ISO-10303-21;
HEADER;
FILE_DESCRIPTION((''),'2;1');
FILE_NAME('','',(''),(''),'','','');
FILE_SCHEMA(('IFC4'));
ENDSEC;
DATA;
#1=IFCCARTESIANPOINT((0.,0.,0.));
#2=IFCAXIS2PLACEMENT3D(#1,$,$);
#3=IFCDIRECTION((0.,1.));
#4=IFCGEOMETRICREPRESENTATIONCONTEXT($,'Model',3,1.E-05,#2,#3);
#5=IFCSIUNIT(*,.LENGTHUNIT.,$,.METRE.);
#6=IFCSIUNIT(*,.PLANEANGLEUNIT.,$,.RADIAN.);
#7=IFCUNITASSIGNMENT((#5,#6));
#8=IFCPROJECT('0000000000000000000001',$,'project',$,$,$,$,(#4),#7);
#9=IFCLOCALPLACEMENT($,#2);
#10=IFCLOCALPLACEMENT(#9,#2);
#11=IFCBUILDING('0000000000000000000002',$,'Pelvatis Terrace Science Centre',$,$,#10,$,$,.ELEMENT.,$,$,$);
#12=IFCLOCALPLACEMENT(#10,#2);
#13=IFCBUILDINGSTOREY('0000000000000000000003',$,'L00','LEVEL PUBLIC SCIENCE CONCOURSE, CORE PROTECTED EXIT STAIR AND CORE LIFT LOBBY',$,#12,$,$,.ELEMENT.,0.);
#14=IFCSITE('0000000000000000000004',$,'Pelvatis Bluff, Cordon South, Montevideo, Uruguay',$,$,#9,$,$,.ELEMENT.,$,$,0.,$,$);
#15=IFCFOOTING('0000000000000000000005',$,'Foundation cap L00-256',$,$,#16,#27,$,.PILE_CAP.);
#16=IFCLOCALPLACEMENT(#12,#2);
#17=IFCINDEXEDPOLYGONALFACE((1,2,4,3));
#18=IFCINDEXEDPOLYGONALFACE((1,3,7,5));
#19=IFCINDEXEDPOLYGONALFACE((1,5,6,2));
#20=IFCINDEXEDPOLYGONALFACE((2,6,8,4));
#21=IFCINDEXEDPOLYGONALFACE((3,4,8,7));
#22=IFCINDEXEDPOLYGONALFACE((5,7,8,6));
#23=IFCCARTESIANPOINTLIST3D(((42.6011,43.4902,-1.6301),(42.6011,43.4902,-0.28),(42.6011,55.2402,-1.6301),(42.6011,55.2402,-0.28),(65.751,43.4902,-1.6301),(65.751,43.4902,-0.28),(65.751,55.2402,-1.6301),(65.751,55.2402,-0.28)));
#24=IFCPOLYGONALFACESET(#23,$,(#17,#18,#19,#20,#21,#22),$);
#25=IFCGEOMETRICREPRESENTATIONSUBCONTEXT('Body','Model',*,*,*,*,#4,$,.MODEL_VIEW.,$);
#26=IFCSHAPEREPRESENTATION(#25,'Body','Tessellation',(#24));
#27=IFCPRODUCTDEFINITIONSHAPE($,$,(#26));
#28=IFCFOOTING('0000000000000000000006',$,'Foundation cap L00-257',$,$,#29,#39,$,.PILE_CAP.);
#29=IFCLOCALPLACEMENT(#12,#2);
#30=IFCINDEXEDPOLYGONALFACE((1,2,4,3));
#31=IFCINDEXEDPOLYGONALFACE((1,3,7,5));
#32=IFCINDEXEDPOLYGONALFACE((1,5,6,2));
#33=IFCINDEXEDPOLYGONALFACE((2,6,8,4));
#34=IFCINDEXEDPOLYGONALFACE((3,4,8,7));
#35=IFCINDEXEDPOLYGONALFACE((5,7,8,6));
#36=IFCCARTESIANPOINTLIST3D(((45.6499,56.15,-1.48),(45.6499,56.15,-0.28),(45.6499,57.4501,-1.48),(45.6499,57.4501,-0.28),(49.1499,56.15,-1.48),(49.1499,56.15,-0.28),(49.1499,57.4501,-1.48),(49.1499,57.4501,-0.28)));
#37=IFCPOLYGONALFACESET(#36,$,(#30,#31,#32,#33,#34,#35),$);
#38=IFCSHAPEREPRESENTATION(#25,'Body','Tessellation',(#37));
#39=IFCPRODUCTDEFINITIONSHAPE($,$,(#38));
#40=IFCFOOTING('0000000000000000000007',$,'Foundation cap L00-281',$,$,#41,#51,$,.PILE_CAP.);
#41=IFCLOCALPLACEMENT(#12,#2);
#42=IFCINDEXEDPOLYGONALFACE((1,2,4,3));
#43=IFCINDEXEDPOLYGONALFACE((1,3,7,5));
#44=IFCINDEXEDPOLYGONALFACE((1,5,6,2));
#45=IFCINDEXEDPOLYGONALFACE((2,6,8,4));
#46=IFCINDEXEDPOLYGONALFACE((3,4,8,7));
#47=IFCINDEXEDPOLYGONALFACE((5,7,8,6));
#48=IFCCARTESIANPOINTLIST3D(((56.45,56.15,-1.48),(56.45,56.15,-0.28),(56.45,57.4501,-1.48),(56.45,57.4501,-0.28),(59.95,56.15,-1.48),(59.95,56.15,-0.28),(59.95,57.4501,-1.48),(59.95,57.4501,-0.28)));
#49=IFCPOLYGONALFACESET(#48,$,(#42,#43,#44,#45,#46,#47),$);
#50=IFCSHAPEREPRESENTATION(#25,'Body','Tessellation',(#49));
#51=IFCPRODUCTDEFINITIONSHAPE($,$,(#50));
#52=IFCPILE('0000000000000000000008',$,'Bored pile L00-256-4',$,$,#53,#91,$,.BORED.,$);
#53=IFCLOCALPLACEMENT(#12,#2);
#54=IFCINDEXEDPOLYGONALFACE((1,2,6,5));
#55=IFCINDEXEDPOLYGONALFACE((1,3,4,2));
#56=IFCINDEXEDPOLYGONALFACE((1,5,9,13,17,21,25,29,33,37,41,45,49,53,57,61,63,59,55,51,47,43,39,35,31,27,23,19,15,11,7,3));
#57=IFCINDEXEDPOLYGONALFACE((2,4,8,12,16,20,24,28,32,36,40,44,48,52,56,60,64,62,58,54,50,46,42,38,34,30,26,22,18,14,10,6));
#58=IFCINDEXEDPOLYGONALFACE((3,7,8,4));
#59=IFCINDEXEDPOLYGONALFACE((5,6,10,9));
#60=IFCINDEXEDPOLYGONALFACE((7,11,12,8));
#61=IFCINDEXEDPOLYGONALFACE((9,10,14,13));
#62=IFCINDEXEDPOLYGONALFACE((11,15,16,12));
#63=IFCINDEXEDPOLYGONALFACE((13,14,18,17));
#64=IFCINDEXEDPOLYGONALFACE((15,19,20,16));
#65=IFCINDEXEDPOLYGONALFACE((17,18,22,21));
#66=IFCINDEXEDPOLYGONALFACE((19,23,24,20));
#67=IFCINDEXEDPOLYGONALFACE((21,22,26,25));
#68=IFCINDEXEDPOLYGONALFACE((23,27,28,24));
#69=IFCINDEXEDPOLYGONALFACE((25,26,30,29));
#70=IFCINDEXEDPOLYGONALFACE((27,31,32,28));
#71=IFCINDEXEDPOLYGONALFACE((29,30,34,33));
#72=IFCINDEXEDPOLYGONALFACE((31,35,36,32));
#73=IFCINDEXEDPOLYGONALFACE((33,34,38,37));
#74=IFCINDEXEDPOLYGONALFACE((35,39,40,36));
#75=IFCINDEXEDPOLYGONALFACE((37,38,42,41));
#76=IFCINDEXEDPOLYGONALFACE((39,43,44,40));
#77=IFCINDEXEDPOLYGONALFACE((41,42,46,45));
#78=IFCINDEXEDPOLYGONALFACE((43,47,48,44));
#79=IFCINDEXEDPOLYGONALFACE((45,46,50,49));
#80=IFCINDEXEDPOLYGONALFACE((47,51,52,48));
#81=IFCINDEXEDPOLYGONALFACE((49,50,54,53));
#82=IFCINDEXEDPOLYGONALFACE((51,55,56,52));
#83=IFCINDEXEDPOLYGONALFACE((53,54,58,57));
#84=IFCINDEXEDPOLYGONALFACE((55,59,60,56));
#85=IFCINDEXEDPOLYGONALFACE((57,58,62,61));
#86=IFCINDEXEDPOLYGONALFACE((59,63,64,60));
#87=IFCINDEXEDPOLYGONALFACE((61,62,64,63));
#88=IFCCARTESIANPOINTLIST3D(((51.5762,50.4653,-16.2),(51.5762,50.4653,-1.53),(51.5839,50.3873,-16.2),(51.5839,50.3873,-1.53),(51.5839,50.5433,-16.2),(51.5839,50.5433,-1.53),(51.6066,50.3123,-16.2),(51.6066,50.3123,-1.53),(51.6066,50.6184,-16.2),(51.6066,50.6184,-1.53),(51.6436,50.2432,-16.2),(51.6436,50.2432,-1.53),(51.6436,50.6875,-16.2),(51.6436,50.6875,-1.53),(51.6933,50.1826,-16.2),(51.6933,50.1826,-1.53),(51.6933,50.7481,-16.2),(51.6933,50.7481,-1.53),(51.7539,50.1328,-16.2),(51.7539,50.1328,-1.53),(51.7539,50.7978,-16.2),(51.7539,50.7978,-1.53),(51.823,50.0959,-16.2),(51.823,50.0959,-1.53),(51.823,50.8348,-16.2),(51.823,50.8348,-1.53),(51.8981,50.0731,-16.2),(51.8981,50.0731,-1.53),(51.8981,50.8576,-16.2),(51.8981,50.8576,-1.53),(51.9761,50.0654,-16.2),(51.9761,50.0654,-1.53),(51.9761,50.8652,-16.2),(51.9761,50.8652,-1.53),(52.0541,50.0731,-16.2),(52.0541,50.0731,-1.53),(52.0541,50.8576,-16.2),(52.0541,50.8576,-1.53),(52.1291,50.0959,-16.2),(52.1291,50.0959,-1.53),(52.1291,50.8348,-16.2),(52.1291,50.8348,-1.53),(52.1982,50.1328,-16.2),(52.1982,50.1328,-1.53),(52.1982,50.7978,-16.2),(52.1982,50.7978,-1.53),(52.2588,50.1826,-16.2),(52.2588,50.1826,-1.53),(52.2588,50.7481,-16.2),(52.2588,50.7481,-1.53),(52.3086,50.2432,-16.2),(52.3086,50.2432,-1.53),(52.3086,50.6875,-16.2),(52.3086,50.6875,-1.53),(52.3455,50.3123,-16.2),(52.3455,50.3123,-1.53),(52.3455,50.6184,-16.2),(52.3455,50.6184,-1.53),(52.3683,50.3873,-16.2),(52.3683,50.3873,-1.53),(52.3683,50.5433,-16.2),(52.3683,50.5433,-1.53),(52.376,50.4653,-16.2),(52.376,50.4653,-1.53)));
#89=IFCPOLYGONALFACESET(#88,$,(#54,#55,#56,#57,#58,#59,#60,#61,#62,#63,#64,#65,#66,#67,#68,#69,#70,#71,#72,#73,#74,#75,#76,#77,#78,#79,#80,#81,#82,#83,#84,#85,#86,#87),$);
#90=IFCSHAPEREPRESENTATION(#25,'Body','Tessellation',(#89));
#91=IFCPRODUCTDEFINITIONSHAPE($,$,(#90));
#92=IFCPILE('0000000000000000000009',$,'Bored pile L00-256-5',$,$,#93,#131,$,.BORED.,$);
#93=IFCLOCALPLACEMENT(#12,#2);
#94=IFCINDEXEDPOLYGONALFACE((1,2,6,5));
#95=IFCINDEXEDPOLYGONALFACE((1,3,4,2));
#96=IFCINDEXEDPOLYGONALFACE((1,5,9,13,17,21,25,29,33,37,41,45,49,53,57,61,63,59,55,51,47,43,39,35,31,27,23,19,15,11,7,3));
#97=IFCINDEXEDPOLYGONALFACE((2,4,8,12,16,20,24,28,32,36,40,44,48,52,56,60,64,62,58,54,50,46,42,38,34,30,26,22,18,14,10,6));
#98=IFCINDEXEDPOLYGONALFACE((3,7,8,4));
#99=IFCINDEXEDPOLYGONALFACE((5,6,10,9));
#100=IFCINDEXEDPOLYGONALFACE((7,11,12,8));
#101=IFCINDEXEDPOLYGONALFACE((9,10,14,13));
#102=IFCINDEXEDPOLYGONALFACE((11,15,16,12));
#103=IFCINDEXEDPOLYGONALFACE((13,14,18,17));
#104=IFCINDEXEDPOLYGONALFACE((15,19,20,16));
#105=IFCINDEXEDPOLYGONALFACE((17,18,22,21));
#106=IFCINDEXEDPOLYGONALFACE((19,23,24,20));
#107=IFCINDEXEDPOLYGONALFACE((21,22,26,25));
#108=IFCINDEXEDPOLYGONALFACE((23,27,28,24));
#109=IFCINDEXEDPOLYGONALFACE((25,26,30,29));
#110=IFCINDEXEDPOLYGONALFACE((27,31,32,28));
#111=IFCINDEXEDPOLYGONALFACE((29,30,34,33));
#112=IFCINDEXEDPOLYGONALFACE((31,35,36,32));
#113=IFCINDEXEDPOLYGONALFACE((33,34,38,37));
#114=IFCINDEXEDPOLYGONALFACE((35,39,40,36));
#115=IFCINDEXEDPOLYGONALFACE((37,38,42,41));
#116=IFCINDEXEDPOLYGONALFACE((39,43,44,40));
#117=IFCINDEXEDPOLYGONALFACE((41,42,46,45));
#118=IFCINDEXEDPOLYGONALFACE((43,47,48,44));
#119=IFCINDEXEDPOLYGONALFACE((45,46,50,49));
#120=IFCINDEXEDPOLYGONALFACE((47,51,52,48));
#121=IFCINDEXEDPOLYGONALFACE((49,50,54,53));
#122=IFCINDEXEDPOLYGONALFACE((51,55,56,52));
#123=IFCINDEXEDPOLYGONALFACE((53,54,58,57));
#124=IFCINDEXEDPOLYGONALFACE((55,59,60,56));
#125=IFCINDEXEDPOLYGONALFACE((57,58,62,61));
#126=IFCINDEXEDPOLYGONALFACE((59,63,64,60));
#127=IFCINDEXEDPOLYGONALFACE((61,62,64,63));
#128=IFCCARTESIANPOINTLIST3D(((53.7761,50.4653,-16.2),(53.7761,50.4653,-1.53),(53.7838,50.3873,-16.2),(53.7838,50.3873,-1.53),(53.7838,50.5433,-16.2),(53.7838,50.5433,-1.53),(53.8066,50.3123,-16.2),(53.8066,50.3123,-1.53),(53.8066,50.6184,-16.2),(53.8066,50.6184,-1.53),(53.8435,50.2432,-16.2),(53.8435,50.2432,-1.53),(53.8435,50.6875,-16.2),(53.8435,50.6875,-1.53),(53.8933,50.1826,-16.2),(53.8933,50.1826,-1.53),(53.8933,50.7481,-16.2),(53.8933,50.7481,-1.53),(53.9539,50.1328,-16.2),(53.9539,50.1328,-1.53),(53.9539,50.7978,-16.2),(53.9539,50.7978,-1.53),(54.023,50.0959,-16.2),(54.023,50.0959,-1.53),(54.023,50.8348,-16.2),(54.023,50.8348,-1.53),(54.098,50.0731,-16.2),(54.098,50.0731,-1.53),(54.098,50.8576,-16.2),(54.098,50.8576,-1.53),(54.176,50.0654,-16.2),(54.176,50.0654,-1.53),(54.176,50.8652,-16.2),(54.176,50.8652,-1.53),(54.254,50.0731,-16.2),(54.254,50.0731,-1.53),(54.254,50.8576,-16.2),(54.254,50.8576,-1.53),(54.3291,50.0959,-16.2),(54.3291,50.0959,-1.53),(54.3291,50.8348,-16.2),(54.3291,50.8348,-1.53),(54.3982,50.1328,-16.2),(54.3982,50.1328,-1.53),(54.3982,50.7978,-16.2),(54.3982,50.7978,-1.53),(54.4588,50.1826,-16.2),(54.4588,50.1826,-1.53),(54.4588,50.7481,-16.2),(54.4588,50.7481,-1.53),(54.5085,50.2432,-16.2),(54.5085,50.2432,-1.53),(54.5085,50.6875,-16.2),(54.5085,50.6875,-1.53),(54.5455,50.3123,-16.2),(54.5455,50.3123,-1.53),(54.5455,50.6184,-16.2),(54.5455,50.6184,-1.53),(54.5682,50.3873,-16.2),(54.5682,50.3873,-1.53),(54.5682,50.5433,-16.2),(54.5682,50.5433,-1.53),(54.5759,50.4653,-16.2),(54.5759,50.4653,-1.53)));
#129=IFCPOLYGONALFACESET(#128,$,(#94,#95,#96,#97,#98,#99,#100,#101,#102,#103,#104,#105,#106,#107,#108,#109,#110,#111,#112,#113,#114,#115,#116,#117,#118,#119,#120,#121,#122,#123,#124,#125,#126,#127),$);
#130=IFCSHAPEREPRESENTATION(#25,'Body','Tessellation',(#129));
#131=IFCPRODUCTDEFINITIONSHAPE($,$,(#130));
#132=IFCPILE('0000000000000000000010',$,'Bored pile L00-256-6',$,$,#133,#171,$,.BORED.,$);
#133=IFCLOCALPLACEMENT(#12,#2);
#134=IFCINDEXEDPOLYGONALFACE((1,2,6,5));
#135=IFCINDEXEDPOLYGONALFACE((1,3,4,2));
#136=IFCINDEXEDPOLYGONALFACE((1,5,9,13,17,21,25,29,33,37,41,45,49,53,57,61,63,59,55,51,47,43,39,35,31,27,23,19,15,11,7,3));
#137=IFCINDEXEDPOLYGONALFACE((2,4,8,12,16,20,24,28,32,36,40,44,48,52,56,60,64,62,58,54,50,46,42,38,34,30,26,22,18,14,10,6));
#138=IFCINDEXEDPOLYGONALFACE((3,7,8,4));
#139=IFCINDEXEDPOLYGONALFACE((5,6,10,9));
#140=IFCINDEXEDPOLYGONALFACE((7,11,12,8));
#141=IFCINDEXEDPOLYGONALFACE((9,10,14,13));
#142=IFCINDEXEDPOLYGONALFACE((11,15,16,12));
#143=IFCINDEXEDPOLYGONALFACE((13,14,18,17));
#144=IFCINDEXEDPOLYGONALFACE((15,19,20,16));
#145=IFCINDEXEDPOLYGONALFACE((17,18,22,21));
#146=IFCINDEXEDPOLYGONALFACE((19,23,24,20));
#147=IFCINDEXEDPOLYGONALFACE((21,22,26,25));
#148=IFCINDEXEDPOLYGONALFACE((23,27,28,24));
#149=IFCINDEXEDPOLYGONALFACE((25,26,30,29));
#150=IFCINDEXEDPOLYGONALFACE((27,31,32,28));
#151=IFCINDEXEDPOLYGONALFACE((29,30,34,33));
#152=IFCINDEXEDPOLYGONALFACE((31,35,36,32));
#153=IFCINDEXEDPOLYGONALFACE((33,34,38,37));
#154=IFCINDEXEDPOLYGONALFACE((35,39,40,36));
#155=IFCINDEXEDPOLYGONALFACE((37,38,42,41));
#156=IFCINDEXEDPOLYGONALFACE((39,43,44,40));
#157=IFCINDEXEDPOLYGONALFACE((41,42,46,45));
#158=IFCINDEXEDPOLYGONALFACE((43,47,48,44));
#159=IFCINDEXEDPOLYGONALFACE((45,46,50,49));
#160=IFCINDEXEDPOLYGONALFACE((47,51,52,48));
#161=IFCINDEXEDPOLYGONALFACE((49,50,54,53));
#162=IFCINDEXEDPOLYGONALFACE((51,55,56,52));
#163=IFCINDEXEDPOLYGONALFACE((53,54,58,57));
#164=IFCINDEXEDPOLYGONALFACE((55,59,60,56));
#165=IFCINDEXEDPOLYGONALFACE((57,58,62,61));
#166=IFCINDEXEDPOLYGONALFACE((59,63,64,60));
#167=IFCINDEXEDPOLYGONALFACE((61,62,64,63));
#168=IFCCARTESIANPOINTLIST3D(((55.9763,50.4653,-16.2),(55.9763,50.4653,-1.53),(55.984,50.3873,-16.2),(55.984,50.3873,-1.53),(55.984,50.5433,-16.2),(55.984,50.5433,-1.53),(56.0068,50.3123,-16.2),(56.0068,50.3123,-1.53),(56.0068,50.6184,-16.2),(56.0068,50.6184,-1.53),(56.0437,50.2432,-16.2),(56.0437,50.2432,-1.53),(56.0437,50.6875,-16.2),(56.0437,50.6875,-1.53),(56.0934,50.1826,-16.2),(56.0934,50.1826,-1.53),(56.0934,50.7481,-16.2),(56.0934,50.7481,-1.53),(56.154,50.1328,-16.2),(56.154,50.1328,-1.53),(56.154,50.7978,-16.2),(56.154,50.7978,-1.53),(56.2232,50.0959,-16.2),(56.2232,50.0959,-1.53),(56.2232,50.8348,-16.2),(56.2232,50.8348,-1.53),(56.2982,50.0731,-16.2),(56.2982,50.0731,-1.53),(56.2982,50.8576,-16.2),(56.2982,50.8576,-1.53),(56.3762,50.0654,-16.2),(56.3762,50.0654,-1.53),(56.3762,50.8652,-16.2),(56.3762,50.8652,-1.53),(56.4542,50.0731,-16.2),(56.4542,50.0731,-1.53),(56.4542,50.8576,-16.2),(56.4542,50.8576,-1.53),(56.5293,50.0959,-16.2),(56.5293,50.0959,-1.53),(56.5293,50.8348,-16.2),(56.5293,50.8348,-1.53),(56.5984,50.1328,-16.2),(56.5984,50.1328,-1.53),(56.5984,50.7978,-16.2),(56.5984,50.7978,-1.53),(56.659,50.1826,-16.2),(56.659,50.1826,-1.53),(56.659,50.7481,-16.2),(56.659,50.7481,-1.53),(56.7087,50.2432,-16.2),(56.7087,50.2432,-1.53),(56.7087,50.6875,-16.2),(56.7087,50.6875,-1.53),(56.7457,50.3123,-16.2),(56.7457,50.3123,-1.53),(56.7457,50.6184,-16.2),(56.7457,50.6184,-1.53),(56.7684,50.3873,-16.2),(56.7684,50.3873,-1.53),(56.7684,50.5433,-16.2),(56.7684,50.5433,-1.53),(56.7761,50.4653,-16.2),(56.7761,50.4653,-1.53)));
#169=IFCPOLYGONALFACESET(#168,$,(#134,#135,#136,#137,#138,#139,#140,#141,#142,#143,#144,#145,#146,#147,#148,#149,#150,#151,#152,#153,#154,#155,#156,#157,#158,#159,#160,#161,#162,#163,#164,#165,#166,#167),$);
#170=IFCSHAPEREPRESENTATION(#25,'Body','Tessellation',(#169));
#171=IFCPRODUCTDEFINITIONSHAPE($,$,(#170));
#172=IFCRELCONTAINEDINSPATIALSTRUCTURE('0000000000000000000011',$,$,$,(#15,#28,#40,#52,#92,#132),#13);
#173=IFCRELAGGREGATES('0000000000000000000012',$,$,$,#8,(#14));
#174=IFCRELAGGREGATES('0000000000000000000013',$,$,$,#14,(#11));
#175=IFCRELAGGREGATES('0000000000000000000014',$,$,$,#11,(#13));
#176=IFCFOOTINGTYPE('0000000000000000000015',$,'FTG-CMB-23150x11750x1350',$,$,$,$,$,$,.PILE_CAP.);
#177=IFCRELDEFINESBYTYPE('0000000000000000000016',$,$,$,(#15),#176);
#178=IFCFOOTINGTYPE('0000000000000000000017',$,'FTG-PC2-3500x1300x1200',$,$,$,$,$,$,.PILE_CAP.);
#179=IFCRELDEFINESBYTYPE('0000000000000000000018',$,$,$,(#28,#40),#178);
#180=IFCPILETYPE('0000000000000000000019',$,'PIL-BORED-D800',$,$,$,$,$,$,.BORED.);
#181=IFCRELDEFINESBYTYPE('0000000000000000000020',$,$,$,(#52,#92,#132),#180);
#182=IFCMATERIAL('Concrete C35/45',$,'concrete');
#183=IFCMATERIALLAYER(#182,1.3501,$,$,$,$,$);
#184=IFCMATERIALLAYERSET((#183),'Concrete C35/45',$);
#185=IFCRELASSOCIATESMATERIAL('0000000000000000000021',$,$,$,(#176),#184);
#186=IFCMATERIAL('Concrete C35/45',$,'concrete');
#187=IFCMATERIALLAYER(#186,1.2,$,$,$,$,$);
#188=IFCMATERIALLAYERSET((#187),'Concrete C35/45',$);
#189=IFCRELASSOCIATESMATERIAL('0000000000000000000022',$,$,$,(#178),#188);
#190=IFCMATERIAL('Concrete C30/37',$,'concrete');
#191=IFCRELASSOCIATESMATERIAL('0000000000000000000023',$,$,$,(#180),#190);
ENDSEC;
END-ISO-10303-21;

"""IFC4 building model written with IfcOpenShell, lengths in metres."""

from ifc_helpers import new_model, si_unit, direction, frame, origin, origin_2d, place, context, subcontext, project, spatial, rectangle, circle, extrude, material, layer, layer_set, material_profile, profile_set, type_object, element, save


model = new_model("IFC4")

# Units and contexts
model_context = context("Model", 3, precision=1e-05, world=origin(), true_north=direction((0.0, 1.0)))
body_context = subcontext(model_context, "Body", "Model", "MODEL_VIEW")
ifc_project = project(units=[si_unit("LENGTHUNIT", "METRE"), si_unit("PLANEANGLEUNIT", "RADIAN")], contexts=[model_context])

# Site, building, storey
site_placement = place(None, origin())
site = spatial("IfcSite", under=ifc_project, at=site_placement, Name="Pelvatis Bluff, Cordon South, Montevideo, Uruguay", CompositionType="ELEMENT", RefElevation=0.0)
building_placement = place(site_placement, origin())
building = spatial("IfcBuilding", under=site, at=building_placement, Name="Pelvatis Terrace Science Centre", CompositionType="ELEMENT")
storey_placement = place(building_placement, origin())
storey = spatial("IfcBuildingStorey", under=building, at=storey_placement, Name="L00", Description="LEVEL PUBLIC SCIENCE CONCOURSE, CORE PROTECTED EXIT STAIR AND CORE LIFT LOBBY", CompositionType="ELEMENT", Elevation=0.0)

# Footings
ifc_material_1 = material(Name="Concrete C35/45", Category="concrete")
ifc_layer_1 = layer(ifc_material_1, 1.3501)
ifc_layer_set_1 = layer_set([ifc_layer_1], Name="Concrete C35/45")
footing_type_1 = type_object("IfcFootingType", Name="FTG-CMB-23150x11750x1350", PredefinedType="PILE_CAP", material=ifc_layer_set_1)
footing_placement = place(storey_placement, frame((54.176, 49.3652, -1.6301), z_axis=(0.0, 0.0, 1.0), x_axis=(1.0, 0.0, 0.0)))
element("IfcFooting", 1, at=footing_placement, inside=storey, type_object=footing_type_1, Name="Foundation cap L00-256", PredefinedType="PILE_CAP", context=body_context, shape_type="SweptSolid", body=[
    extrude(rectangle(XDim=23.1499, YDim=11.75, at=origin_2d()), origin(), (0.0, 0.0, 1.0), 1.3501),
])
ifc_material_2 = material(Name="Concrete C35/45", Category="concrete")
ifc_layer_2 = layer(ifc_material_2, 1.2)
ifc_layer_set_2 = layer_set([ifc_layer_2], Name="Concrete C35/45")
footing_type_2 = type_object("IfcFootingType", Name="FTG-PC2-3500x1300x1200", PredefinedType="PILE_CAP", material=ifc_layer_set_2)
for number, where, z_axis, x_axis, name in (
    (2, (47.3999, 56.8, -1.48), (0.0, 0.0, 1.0), (1.0, 0.0, 0.0), "Foundation cap L00-257"),
    (3, (58.2, 56.8, -1.48), (0.0, 0.0, 1.0), (1.0, 0.0, 0.0), "Foundation cap L00-281"),
):
    element("IfcFooting", number, at=place(storey_placement, frame(where, z_axis=z_axis, x_axis=x_axis)), inside=storey, type_object=footing_type_2, Name=name, PredefinedType="PILE_CAP", context=body_context, shape_type="SweptSolid", body=[
        extrude(rectangle(XDim=3.5, YDim=1.3, at=origin_2d()), origin(), (0.0, 0.0, 1.0), 1.2),
    ])

# Piles
ifc_material_3 = material(Name="Concrete C30/37", Category="concrete")
ifc_material_profile_1 = material_profile(ifc_material_3, circle(Radius=0.3999, at=origin_2d()), Name="PILE D800")
ifc_profile_set_1 = profile_set([ifc_material_profile_1], Name="Concrete C30/37")
pile_type = type_object("IfcPileType", Name="PIL-BORED-D800", PredefinedType="BORED", material=ifc_profile_set_1)
for number, where, z_axis, x_axis, name in (
    (4, (51.9761, 50.4653, -1.53), (0.0, 0.0, -1.0), (1.0, 0.0, 0.0), "Bored pile L00-256-4"),
    (5, (54.176, 50.4653, -1.53), (0.0, 0.0, -1.0), (1.0, 0.0, 0.0), "Bored pile L00-256-5"),
    (6, (56.3762, 50.4653, -1.53), (0.0, 0.0, -1.0), (1.0, 0.0, 0.0), "Bored pile L00-256-6"),
):
    element("IfcPile", number, at=place(storey_placement, frame(where, z_axis=z_axis, x_axis=x_axis)), inside=storey, type_object=pile_type, Name=name, PredefinedType="BORED", context=body_context, shape_type="SweptSolid", body=[
        extrude(circle(Radius=0.3999, at=origin_2d()), origin(), (0.0, 0.0, 1.0), 14.6699),
    ])

save(model, "model.ifc")
